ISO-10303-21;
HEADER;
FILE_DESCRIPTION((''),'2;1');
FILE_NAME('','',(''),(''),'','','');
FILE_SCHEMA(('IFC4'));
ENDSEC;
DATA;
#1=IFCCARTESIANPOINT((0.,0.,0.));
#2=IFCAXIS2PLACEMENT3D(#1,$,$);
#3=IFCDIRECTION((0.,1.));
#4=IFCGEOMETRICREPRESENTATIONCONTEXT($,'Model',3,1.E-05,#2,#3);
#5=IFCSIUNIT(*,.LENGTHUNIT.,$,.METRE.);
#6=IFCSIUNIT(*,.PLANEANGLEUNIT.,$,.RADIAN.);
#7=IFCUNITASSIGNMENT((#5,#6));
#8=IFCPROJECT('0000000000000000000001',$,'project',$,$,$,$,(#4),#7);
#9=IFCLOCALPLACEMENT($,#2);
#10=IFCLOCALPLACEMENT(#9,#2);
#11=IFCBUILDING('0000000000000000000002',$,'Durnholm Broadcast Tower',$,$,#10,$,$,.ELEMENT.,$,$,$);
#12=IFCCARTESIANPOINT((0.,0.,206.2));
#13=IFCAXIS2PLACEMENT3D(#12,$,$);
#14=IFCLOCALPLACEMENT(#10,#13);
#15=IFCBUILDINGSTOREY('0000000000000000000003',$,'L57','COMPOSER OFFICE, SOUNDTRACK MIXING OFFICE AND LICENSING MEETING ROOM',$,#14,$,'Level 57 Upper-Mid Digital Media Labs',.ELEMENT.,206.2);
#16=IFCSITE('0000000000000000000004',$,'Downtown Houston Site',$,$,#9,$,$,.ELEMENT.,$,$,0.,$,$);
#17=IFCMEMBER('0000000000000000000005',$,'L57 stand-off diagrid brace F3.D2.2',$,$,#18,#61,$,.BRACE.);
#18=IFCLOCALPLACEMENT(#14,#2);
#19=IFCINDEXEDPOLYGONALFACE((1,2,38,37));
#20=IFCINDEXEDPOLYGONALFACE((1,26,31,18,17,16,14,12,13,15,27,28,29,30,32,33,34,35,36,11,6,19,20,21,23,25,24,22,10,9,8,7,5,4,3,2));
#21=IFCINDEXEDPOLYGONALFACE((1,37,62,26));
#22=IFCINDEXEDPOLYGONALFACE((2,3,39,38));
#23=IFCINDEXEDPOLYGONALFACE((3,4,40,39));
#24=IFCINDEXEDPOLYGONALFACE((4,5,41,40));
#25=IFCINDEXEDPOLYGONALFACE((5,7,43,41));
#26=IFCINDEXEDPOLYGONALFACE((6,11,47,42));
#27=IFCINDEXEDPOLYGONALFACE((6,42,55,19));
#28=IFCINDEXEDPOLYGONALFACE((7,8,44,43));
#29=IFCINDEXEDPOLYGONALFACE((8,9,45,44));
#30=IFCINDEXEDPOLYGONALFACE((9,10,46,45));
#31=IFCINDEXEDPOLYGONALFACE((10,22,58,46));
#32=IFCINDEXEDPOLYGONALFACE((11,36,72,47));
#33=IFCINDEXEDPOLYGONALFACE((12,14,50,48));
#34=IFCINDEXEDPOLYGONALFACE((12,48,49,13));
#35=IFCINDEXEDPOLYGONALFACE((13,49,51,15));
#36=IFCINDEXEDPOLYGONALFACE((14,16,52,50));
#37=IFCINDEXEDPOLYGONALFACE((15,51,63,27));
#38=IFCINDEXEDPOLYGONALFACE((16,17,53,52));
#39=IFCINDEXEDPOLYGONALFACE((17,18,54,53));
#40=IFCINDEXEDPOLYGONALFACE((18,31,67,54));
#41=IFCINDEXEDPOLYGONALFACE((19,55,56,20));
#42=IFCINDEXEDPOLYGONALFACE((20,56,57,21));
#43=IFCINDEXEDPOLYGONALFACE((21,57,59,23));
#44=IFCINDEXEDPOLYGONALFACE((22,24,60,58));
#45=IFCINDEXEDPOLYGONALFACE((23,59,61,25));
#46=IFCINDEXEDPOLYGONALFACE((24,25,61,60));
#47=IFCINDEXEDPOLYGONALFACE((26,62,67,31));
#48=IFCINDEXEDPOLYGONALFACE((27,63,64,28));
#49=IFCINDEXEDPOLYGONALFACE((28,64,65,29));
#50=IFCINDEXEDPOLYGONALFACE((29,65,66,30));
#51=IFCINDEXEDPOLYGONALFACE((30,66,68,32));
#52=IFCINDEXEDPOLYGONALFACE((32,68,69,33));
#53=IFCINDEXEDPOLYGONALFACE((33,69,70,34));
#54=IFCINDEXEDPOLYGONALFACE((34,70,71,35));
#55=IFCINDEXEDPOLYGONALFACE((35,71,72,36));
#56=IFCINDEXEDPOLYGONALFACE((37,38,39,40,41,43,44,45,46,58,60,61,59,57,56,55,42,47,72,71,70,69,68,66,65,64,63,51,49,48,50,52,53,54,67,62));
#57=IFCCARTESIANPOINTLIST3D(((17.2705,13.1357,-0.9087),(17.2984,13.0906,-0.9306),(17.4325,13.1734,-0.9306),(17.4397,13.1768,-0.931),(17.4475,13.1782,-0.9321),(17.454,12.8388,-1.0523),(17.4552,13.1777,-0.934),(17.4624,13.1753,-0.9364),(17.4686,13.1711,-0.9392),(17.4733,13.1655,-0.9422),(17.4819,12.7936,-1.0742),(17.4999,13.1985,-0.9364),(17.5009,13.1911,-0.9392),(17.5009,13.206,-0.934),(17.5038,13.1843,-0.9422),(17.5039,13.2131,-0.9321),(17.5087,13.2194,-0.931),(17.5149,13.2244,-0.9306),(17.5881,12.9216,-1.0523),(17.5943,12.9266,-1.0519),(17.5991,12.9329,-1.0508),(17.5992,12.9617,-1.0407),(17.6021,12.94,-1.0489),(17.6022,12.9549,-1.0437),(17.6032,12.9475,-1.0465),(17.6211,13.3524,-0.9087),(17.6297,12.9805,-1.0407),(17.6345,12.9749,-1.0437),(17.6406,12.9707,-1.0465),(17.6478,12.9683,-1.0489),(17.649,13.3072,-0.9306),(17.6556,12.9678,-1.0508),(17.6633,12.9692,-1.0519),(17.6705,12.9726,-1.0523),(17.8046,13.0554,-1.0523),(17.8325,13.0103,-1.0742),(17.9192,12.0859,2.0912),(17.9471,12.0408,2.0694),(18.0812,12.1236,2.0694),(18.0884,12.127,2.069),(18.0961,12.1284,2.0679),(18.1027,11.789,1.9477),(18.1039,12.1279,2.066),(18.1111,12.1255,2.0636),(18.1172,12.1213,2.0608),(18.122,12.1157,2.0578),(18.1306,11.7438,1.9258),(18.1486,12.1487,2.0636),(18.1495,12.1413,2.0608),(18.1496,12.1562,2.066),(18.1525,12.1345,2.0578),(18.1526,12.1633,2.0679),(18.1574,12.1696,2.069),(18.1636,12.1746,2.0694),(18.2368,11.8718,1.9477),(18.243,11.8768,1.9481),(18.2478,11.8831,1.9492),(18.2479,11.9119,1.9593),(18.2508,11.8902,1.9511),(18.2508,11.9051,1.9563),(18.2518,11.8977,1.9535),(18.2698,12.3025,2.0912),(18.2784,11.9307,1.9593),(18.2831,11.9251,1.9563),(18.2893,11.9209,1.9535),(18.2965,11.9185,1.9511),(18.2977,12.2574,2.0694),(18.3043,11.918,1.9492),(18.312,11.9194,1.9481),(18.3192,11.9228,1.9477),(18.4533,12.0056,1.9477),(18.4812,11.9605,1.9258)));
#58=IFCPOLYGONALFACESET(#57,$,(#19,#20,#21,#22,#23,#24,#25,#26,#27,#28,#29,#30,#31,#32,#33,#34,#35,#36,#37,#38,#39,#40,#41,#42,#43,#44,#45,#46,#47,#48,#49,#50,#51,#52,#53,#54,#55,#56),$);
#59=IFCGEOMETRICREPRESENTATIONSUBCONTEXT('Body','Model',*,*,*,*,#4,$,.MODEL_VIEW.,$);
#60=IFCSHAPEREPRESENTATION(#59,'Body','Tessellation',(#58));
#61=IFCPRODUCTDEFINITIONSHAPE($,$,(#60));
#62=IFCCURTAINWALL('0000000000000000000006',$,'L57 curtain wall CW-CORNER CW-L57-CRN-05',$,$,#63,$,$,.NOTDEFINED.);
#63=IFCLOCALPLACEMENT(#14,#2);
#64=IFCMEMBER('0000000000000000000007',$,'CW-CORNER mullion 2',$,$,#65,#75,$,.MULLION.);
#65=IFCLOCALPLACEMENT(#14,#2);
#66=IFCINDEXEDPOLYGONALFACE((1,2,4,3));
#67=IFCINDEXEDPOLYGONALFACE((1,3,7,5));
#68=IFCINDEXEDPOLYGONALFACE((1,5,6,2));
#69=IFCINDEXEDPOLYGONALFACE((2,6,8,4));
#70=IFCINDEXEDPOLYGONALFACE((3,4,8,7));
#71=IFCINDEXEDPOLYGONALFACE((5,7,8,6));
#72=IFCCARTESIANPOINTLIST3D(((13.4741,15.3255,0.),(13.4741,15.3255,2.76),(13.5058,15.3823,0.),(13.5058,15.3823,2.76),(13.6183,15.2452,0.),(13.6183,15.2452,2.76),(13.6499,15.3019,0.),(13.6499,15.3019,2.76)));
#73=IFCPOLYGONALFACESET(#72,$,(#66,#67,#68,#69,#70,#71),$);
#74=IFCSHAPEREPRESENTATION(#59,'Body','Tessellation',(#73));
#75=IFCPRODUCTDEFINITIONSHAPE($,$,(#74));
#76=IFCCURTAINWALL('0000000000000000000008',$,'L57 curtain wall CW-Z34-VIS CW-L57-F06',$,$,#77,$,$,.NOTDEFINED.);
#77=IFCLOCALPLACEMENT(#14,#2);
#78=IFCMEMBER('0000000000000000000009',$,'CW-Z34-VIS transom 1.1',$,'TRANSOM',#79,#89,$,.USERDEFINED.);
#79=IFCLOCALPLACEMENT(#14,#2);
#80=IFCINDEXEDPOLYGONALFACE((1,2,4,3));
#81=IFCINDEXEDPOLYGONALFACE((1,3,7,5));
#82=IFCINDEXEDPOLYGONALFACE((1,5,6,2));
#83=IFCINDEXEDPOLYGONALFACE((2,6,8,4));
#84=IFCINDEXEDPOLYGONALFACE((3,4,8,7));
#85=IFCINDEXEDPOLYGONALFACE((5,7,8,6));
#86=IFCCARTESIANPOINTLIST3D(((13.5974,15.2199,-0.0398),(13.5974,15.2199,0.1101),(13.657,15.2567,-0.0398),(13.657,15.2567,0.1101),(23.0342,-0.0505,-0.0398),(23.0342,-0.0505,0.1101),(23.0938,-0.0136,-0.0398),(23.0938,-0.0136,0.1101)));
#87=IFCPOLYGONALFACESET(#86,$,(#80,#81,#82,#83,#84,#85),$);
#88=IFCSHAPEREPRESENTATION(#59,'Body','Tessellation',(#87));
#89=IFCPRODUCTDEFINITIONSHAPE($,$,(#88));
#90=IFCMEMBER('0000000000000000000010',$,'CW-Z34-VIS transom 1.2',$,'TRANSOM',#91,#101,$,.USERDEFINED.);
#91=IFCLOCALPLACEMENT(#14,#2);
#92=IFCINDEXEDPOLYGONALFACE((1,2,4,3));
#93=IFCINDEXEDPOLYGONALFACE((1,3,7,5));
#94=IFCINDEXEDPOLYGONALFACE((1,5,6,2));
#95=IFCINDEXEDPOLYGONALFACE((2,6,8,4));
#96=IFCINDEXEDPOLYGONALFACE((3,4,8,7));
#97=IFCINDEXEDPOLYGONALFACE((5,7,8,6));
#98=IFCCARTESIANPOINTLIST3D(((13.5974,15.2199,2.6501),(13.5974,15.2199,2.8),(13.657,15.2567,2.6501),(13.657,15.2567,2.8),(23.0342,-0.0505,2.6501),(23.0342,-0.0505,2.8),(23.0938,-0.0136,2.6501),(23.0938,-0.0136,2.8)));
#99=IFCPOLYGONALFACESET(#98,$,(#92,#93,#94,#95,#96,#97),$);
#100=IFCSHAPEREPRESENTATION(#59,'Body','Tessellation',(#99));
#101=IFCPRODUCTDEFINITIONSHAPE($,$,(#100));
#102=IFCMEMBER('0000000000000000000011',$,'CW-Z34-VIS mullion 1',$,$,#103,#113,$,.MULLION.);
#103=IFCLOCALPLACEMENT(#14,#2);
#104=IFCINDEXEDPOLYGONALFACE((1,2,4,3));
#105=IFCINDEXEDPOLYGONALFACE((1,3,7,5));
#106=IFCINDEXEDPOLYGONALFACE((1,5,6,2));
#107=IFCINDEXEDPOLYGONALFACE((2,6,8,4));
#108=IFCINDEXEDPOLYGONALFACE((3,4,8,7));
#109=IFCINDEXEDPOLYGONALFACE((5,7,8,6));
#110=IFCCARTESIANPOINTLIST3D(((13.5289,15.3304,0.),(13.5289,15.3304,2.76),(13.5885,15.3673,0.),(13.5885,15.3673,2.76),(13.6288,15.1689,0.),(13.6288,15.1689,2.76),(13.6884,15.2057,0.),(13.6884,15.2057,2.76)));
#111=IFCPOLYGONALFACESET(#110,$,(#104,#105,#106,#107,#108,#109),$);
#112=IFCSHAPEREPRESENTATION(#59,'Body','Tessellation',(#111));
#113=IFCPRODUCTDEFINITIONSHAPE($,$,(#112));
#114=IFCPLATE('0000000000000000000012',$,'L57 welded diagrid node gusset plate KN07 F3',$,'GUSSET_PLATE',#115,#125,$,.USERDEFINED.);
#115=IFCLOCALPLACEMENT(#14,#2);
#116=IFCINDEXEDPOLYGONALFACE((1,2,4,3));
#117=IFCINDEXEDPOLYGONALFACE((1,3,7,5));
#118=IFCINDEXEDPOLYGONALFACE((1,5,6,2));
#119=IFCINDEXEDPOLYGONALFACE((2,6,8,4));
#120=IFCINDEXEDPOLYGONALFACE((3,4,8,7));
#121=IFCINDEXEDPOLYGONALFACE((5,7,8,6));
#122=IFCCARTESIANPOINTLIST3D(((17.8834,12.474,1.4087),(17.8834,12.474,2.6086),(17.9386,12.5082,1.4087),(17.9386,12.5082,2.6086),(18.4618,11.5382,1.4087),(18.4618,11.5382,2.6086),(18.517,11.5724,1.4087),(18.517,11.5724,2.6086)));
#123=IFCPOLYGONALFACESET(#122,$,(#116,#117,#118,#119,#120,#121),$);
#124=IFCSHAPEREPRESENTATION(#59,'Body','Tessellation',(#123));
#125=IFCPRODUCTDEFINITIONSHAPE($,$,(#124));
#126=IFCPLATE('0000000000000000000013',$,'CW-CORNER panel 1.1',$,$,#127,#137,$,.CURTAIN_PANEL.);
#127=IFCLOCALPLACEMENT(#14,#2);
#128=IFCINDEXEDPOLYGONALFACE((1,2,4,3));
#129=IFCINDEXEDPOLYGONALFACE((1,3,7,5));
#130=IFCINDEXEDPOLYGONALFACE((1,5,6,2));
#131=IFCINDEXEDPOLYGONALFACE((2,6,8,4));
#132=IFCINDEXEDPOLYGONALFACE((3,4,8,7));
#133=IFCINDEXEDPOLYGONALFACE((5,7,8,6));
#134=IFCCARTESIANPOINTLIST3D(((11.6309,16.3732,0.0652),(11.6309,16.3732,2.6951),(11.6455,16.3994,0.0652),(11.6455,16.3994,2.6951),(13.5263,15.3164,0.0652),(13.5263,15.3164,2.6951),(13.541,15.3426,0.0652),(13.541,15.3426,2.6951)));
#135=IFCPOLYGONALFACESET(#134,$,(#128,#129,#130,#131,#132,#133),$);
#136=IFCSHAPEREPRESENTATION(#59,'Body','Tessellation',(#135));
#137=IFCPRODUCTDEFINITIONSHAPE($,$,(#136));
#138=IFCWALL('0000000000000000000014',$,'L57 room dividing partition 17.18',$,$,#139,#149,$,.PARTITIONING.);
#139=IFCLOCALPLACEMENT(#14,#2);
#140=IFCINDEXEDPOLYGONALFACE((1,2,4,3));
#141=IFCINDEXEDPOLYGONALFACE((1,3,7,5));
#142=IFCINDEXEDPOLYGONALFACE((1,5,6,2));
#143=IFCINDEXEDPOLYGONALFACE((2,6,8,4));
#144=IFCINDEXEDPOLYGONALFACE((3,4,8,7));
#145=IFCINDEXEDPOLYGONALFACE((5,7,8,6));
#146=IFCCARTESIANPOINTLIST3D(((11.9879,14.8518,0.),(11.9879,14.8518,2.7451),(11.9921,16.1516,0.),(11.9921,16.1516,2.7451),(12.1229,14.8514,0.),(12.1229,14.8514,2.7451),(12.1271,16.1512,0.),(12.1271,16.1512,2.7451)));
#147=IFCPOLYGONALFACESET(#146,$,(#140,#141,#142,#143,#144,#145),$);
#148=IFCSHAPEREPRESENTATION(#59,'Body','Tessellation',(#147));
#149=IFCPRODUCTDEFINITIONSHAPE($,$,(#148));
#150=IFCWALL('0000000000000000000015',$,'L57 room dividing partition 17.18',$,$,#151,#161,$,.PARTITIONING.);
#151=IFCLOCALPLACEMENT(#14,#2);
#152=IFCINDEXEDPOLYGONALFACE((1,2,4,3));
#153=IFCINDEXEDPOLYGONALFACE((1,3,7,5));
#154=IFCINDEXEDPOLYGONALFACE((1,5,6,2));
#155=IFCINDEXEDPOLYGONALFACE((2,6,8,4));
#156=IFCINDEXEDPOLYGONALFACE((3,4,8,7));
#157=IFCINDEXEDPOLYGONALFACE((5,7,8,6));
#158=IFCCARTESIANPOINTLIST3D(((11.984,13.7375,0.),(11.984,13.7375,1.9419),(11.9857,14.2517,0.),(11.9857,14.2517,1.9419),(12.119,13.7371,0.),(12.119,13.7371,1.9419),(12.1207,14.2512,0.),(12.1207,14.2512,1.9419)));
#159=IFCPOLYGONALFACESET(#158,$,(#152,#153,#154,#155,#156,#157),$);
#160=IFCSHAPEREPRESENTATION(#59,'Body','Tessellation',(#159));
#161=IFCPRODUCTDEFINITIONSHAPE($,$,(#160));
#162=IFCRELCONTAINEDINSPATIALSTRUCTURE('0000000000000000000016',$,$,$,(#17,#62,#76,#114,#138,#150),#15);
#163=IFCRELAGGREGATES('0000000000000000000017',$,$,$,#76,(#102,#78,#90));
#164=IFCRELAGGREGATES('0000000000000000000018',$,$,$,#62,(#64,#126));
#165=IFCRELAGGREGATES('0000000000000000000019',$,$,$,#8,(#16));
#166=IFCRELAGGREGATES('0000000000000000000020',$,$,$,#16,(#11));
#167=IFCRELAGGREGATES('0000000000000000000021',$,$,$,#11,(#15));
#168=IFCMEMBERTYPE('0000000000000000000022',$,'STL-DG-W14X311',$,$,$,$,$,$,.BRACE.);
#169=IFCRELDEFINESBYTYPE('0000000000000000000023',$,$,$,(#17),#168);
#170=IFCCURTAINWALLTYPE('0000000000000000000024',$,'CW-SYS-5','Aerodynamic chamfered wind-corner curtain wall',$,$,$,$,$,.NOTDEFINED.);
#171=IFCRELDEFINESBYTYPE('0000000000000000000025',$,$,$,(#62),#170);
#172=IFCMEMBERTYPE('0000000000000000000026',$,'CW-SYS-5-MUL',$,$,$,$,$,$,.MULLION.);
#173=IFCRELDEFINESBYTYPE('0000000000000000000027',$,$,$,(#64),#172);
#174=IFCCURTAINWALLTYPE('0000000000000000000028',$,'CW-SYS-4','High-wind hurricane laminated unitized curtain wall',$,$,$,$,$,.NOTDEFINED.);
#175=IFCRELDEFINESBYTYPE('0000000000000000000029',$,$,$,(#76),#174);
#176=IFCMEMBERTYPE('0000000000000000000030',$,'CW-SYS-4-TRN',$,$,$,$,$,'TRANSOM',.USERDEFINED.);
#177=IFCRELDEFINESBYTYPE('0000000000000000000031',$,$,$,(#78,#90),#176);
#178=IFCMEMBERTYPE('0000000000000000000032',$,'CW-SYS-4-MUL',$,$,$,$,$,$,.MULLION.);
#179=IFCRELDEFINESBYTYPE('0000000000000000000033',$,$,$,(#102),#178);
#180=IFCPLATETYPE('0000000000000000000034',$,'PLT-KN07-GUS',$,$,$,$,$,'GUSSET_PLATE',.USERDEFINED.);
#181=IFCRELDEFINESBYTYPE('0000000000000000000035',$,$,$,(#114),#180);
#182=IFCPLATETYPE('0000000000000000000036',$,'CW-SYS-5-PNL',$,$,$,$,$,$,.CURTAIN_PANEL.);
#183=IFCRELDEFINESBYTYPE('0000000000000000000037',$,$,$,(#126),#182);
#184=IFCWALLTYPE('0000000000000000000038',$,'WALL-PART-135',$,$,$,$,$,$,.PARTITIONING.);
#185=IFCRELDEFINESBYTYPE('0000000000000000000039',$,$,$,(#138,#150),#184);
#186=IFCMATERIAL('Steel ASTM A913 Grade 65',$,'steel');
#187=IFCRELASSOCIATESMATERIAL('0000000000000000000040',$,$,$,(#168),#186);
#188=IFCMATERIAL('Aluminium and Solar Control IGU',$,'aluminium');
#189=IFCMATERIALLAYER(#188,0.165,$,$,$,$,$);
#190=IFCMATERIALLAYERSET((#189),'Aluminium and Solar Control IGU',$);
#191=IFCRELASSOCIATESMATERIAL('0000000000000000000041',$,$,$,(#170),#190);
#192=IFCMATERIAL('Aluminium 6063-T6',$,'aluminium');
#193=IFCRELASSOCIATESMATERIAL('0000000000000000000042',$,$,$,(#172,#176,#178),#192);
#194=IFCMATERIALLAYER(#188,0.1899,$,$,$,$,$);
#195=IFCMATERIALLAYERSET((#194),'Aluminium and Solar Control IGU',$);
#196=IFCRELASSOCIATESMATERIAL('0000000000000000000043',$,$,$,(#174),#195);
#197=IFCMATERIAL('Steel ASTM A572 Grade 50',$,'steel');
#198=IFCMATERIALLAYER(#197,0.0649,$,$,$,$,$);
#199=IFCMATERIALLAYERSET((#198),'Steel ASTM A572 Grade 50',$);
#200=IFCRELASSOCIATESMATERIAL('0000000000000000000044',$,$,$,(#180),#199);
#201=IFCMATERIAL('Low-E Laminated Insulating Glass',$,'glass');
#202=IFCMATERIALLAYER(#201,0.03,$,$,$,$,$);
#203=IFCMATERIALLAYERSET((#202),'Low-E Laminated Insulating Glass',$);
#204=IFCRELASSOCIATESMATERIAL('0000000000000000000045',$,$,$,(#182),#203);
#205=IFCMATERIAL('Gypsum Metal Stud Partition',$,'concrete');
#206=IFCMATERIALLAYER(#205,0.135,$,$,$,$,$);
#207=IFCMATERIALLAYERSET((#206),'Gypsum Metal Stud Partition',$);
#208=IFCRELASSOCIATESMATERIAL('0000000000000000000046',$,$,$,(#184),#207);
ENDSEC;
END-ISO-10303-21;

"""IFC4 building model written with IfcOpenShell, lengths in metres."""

from ifc_helpers import new_model, si_unit, direction, frame, frame_2d, origin, origin_2d, place, context, subcontext, project, spatial, rectangle, i_section, extrude, source, transform, mapped, material, layer, layer_set, material_profile, profile_set, type_object, type_shapes, element, aggregate, save


model = new_model("IFC4")

# Units and contexts
model_context = context("Model", 3, precision=1e-05, world=origin(), true_north=direction((0.0, 1.0)))
body_context = subcontext(model_context, "Body", "Model", "MODEL_VIEW")
ifc_project = project(units=[si_unit("LENGTHUNIT", "METRE"), si_unit("PLANEANGLEUNIT", "RADIAN")], contexts=[model_context])

# Site, building, storey
site_placement = place(None, origin())
site = spatial("IfcSite", under=ifc_project, at=site_placement, Name="Downtown Houston Site", CompositionType="ELEMENT", RefElevation=0.0)
building_placement = place(site_placement, origin())
building = spatial("IfcBuilding", under=site, at=building_placement, Name="Durnholm Broadcast Tower", CompositionType="ELEMENT")
storey_placement = place(building_placement, frame((0.0, 0.0, 206.2)))
storey = spatial("IfcBuildingStorey", under=building, at=storey_placement, Name="L57", Description="COMPOSER OFFICE, SOUNDTRACK MIXING OFFICE AND LICENSING MEETING ROOM", LongName="Level 57 Upper-Mid Digital Media Labs", CompositionType="ELEMENT", Elevation=206.2)

# Member
ifc_material_1 = material(Name="Steel ASTM A913 Grade 65", Category="steel")
ifc_material_profile_1 = material_profile(ifc_material_1, i_section(OverallWidth=0.4121, OverallDepth=0.4348, WebThickness=0.0359, FlangeThickness=0.0574, FilletRadius=0.0305, at=origin_2d()), Name="W14X311")
ifc_profile_set_1 = profile_set([ifc_material_profile_1], Name="Steel ASTM A913 Grade 65")
member_type_1 = type_object("IfcMemberType", Name="STL-DG-W14X311", PredefinedType="BRACE", material=ifc_profile_set_1)
shared_shape_1 = source(origin(), body_context, "Body", "SweptSolid", [
    extrude(i_section(OverallWidth=0.4121, OverallDepth=0.4348, WebThickness=0.0359, FlangeThickness=0.0574, FilletRadius=0.0305, at=origin_2d()), origin(), (0.0, 0.0, 1.0), 3.2439),
])
member_1_placement = place(storey_placement, frame((17.5515, 13.073, -0.9915), z_axis=(0.19997, -0.323624, 0.924813), x_axis=(0.850699, 0.525653, 0.0)))
element("IfcMember", 1, at=member_1_placement, inside=storey, type_object=member_type_1, Name="L57 stand-off diagrid brace F3.D2.2", PredefinedType="BRACE", context=body_context, shape_type="MappedRepresentation", body=[
    mapped(shared_shape_1, transform((0.0, 0.0, 0.0), x_axis=(1.0, 0.0, 0.0), y_axis=(0.0, 1.0, 0.0), z_axis=(0.0, 0.0, 1.0), scale=1.0)),
])

# Curtain wall, member
ifc_material_2 = material(Name="Aluminium and Solar Control IGU", Category="aluminium")
ifc_layer_1 = layer(ifc_material_2, 0.165)
ifc_layer_set_1 = layer_set([ifc_layer_1], Name="Aluminium and Solar Control IGU")
curtain_wall_type_1 = type_object("IfcCurtainWallType", Name="CW-SYS-5", Description="Aerodynamic chamfered wind-corner curtain wall", PredefinedType="NOTDEFINED", material=ifc_layer_set_1)
curtain_wall_1_placement = place(storey_placement, origin())
curtain_wall_1 = element("IfcCurtainWall", 2, at=curtain_wall_1_placement, inside=storey, type_object=curtain_wall_type_1, Name="L57 curtain wall CW-CORNER CW-L57-CRN-05", PredefinedType="NOTDEFINED")
ifc_material_3 = material(Name="Aluminium 6063-T6", Category="aluminium")
ifc_material_profile_2 = material_profile(ifc_material_3, rectangle(XDim=0.0649, YDim=0.165, at=origin_2d()), Name="CWM65X165")
ifc_profile_set_2 = profile_set([ifc_material_profile_2], Name="Aluminium 6063-T6")
member_type_2 = type_object("IfcMemberType", Name="CW-SYS-5-MUL", PredefinedType="MULLION", material=ifc_profile_set_2)
shared_shape_2 = source(origin(), body_context, "Body", "SweptSolid", [
    extrude(rectangle(XDim=0.0649, YDim=0.165, at=origin_2d()), origin(), (0.0, 0.0, 1.0), 2.76),
])
type_shapes(member_type_2, [shared_shape_2])
member_2_placement = place(storey_placement, frame((13.562, 15.3137, 0.0), z_axis=(0.0, 0.0, 1.0), x_axis=(0.486986, 0.87341, 0.0)))
member_2 = element("IfcMember", 3, at=member_2_placement, type_object=member_type_2, Name="CW-CORNER mullion 2", PredefinedType="MULLION", context=body_context, shape_type="MappedRepresentation", body=[
    mapped(shared_shape_2, transform((0.0, 0.0, 0.0), x_axis=(1.0, 0.0, 0.0), y_axis=(0.0, 1.0, 0.0), z_axis=(0.0, 0.0, 1.0), scale=1.0)),
])

# Curtain wall, members
ifc_layer_2 = layer(ifc_material_2, 0.1899)
ifc_layer_set_2 = layer_set([ifc_layer_2], Name="Aluminium and Solar Control IGU")
curtain_wall_type_2 = type_object("IfcCurtainWallType", Name="CW-SYS-4", Description="High-wind hurricane laminated unitized curtain wall", PredefinedType="NOTDEFINED", material=ifc_layer_set_2)
curtain_wall_2_placement = place(storey_placement, origin())
curtain_wall_2 = element("IfcCurtainWall", 4, at=curtain_wall_2_placement, inside=storey, type_object=curtain_wall_type_2, Name="L57 curtain wall CW-Z34-VIS CW-L57-F06", PredefinedType="NOTDEFINED")
ifc_material_profile_3 = material_profile(ifc_material_3, rectangle(XDim=0.0701, YDim=0.1499, at=origin_2d()), Name="CWT70X150")
ifc_profile_set_3 = profile_set([ifc_material_profile_3], Name="Aluminium 6063-T6")
member_type_3 = type_object("IfcMemberType", Name="CW-SYS-4-TRN", ElementType="TRANSOM", PredefinedType="USERDEFINED", material=ifc_profile_set_3)
shared_shape_3 = source(origin(), body_context, "Body", "SweptSolid", [
    extrude(rectangle(XDim=0.0701, YDim=0.1499, at=origin_2d()), origin(), (0.0, 0.0, 1.0), 17.9509),
])
type_shapes(member_type_3, [shared_shape_3])
member_3_placement = place(storey_placement, frame((13.6272, 15.2383, 0.0352), z_axis=(0.5257, -0.85067, 0.0), x_axis=(0.85067, 0.5257, 0.0)))
member_3 = element("IfcMember", 5, at=member_3_placement, type_object=member_type_3, Name="CW-Z34-VIS transom 1.1", ObjectType="TRANSOM", PredefinedType="USERDEFINED", context=body_context, shape_type="MappedRepresentation", body=[
    mapped(shared_shape_3, transform((0.0, 0.0, 0.0), x_axis=(1.0, 0.0, 0.0), y_axis=(0.0, 1.0, 0.0), z_axis=(0.0, 0.0, 1.0), scale=1.0)),
])
member_4_placement = place(storey_placement, frame((13.6272, 15.2383, 2.7251), z_axis=(0.5257, -0.85067, 0.0), x_axis=(0.85067, 0.5257, 0.0)))
member_4 = element("IfcMember", 6, at=member_4_placement, type_object=member_type_3, Name="CW-Z34-VIS transom 1.2", ObjectType="TRANSOM", PredefinedType="USERDEFINED", context=body_context, shape_type="MappedRepresentation", body=[
    mapped(shared_shape_3, transform((0.0, 0.0, 0.0), x_axis=(1.0, 0.0, 0.0), y_axis=(0.0, 1.0, 0.0), z_axis=(0.0, 0.0, 1.0), scale=1.0)),
])
ifc_material_profile_4 = material_profile(ifc_material_3, rectangle(XDim=0.0701, YDim=0.1899, at=origin_2d()), Name="CWM70X190")
ifc_profile_set_4 = profile_set([ifc_material_profile_4], Name="Aluminium 6063-T6")
member_type_4 = type_object("IfcMemberType", Name="CW-SYS-4-MUL", PredefinedType="MULLION", material=ifc_profile_set_4)
shared_shape_4 = source(origin(), body_context, "Body", "SweptSolid", [
    extrude(rectangle(XDim=0.0701, YDim=0.1899, at=origin_2d()), origin(), (0.0, 0.0, 1.0), 2.76),
])
type_shapes(member_type_4, [shared_shape_4])
member_5_placement = place(storey_placement, frame((13.6086, 15.2681, 0.0), z_axis=(0.0, 0.0, 1.0), x_axis=(0.850671, 0.525698, 0.0)))
member_5 = element("IfcMember", 7, at=member_5_placement, type_object=member_type_4, Name="CW-Z34-VIS mullion 1", PredefinedType="MULLION", context=body_context, shape_type="MappedRepresentation", body=[
    mapped(shared_shape_4, transform((0.0, 0.0, 0.0), x_axis=(1.0, 0.0, 0.0), y_axis=(0.0, 1.0, 0.0), z_axis=(0.0, 0.0, 1.0), scale=1.0)),
])
aggregate(curtain_wall_2, [member_5, member_3, member_4])

# Plates
ifc_material_4 = material(Name="Steel ASTM A572 Grade 50", Category="steel")
ifc_layer_3 = layer(ifc_material_4, 0.0649)
ifc_layer_set_3 = layer_set([ifc_layer_3], Name="Steel ASTM A572 Grade 50")
plate_type_1 = type_object("IfcPlateType", Name="PLT-KN07-GUS", ElementType="GUSSET_PLATE", PredefinedType="USERDEFINED", material=ifc_layer_set_3)
shared_shape_5 = source(origin(), body_context, "Body", "SweptSolid", [
    extrude(rectangle(XDim=1.1001, YDim=0.0649, at=origin_2d()), origin(), (0.0, 0.0, 1.0), 1.2),
])
type_shapes(plate_type_1, [shared_shape_5])
plate_1_placement = place(storey_placement, frame((18.2002, 12.0232, 1.4087), z_axis=(0.0, 0.0, 1.0), x_axis=(-0.525769, 0.850628, 0.0)))
element("IfcPlate", 8, at=plate_1_placement, inside=storey, type_object=plate_type_1, Name="L57 welded diagrid node gusset plate KN07 F3", ObjectType="GUSSET_PLATE", PredefinedType="USERDEFINED", context=body_context, shape_type="MappedRepresentation", body=[
    mapped(shared_shape_5, transform((0.0, 0.0, 0.0), x_axis=(1.0, 0.0, 0.0), y_axis=(0.0, 1.0, 0.0), z_axis=(0.0, 0.0, 1.0), scale=1.0)),
])
ifc_material_5 = material(Name="Low-E Laminated Insulating Glass", Category="glass")
ifc_layer_4 = layer(ifc_material_5, 0.03)
ifc_layer_set_4 = layer_set([ifc_layer_4], Name="Low-E Laminated Insulating Glass")
plate_type_2 = type_object("IfcPlateType", Name="CW-SYS-5-PNL", PredefinedType="CURTAIN_PANEL", material=ifc_layer_set_4)
shared_shape_6 = source(origin(), body_context, "Body", "SweptSolid", [
    extrude(rectangle(XDim=2.1702, YDim=0.03, at=origin_2d()), origin(), (0.0, 0.0, 1.0), 2.6299),
])
type_shapes(plate_type_2, [shared_shape_6])
plate_2_placement = place(storey_placement, frame((12.5859, 15.8579, 0.0652), z_axis=(0.0, 0.0, 1.0), x_axis=(0.87341, -0.486986, 0.0)))
plate_2 = element("IfcPlate", 9, at=plate_2_placement, type_object=plate_type_2, Name="CW-CORNER panel 1.1", PredefinedType="CURTAIN_PANEL", context=body_context, shape_type="MappedRepresentation", body=[
    mapped(shared_shape_6, transform((0.0, 0.0, 0.0), x_axis=(1.0, 0.0, 0.0), y_axis=(0.0, 1.0, 0.0), z_axis=(0.0, 0.0, 1.0), scale=1.0)),
])
aggregate(curtain_wall_1, [member_2, plate_2])

# Walls
ifc_material_6 = material(Name="Gypsum Metal Stud Partition", Category="concrete")
ifc_layer_5 = layer(ifc_material_6, 0.135)
ifc_layer_set_5 = layer_set([ifc_layer_5], Name="Gypsum Metal Stud Partition")
wall_type_1 = type_object("IfcWallType", Name="WALL-PART-135", PredefinedType="PARTITIONING", material=ifc_layer_set_5)
wall_1_placement = place(storey_placement, frame((12.0596, 16.1514, 0.0), z_axis=(0.0, 0.0, 1.0), x_axis=(-0.003193, -0.999995, 0.0)))
element("IfcWall", 10, at=wall_1_placement, inside=storey, type_object=wall_type_1, Name="L57 room dividing partition 17.18", PredefinedType="PARTITIONING", context=body_context, shape_type="SweptSolid", body=[
    extrude(rectangle(XDim=1.2998, YDim=0.135, at=frame_2d((0.6499, 0.0))), origin(), (0.0, 0.0, 1.0), 2.7451),
])
wall_2_placement = place(storey_placement, frame((12.0532, 14.2515, 0.0), z_axis=(0.0, 0.0, 1.0), x_axis=(-0.003324, -0.999994, 0.0)))
element("IfcWall", 11, at=wall_2_placement, inside=storey, type_object=wall_type_1, Name="L57 room dividing partition 17.18", PredefinedType="PARTITIONING", context=body_context, shape_type="SweptSolid", body=[
    extrude(rectangle(XDim=0.5142, YDim=0.135, at=frame_2d((0.2571, 0.0))), origin(), (0.0, 0.0, 1.0), 1.9419),
])

save(model, "model.ifc")
